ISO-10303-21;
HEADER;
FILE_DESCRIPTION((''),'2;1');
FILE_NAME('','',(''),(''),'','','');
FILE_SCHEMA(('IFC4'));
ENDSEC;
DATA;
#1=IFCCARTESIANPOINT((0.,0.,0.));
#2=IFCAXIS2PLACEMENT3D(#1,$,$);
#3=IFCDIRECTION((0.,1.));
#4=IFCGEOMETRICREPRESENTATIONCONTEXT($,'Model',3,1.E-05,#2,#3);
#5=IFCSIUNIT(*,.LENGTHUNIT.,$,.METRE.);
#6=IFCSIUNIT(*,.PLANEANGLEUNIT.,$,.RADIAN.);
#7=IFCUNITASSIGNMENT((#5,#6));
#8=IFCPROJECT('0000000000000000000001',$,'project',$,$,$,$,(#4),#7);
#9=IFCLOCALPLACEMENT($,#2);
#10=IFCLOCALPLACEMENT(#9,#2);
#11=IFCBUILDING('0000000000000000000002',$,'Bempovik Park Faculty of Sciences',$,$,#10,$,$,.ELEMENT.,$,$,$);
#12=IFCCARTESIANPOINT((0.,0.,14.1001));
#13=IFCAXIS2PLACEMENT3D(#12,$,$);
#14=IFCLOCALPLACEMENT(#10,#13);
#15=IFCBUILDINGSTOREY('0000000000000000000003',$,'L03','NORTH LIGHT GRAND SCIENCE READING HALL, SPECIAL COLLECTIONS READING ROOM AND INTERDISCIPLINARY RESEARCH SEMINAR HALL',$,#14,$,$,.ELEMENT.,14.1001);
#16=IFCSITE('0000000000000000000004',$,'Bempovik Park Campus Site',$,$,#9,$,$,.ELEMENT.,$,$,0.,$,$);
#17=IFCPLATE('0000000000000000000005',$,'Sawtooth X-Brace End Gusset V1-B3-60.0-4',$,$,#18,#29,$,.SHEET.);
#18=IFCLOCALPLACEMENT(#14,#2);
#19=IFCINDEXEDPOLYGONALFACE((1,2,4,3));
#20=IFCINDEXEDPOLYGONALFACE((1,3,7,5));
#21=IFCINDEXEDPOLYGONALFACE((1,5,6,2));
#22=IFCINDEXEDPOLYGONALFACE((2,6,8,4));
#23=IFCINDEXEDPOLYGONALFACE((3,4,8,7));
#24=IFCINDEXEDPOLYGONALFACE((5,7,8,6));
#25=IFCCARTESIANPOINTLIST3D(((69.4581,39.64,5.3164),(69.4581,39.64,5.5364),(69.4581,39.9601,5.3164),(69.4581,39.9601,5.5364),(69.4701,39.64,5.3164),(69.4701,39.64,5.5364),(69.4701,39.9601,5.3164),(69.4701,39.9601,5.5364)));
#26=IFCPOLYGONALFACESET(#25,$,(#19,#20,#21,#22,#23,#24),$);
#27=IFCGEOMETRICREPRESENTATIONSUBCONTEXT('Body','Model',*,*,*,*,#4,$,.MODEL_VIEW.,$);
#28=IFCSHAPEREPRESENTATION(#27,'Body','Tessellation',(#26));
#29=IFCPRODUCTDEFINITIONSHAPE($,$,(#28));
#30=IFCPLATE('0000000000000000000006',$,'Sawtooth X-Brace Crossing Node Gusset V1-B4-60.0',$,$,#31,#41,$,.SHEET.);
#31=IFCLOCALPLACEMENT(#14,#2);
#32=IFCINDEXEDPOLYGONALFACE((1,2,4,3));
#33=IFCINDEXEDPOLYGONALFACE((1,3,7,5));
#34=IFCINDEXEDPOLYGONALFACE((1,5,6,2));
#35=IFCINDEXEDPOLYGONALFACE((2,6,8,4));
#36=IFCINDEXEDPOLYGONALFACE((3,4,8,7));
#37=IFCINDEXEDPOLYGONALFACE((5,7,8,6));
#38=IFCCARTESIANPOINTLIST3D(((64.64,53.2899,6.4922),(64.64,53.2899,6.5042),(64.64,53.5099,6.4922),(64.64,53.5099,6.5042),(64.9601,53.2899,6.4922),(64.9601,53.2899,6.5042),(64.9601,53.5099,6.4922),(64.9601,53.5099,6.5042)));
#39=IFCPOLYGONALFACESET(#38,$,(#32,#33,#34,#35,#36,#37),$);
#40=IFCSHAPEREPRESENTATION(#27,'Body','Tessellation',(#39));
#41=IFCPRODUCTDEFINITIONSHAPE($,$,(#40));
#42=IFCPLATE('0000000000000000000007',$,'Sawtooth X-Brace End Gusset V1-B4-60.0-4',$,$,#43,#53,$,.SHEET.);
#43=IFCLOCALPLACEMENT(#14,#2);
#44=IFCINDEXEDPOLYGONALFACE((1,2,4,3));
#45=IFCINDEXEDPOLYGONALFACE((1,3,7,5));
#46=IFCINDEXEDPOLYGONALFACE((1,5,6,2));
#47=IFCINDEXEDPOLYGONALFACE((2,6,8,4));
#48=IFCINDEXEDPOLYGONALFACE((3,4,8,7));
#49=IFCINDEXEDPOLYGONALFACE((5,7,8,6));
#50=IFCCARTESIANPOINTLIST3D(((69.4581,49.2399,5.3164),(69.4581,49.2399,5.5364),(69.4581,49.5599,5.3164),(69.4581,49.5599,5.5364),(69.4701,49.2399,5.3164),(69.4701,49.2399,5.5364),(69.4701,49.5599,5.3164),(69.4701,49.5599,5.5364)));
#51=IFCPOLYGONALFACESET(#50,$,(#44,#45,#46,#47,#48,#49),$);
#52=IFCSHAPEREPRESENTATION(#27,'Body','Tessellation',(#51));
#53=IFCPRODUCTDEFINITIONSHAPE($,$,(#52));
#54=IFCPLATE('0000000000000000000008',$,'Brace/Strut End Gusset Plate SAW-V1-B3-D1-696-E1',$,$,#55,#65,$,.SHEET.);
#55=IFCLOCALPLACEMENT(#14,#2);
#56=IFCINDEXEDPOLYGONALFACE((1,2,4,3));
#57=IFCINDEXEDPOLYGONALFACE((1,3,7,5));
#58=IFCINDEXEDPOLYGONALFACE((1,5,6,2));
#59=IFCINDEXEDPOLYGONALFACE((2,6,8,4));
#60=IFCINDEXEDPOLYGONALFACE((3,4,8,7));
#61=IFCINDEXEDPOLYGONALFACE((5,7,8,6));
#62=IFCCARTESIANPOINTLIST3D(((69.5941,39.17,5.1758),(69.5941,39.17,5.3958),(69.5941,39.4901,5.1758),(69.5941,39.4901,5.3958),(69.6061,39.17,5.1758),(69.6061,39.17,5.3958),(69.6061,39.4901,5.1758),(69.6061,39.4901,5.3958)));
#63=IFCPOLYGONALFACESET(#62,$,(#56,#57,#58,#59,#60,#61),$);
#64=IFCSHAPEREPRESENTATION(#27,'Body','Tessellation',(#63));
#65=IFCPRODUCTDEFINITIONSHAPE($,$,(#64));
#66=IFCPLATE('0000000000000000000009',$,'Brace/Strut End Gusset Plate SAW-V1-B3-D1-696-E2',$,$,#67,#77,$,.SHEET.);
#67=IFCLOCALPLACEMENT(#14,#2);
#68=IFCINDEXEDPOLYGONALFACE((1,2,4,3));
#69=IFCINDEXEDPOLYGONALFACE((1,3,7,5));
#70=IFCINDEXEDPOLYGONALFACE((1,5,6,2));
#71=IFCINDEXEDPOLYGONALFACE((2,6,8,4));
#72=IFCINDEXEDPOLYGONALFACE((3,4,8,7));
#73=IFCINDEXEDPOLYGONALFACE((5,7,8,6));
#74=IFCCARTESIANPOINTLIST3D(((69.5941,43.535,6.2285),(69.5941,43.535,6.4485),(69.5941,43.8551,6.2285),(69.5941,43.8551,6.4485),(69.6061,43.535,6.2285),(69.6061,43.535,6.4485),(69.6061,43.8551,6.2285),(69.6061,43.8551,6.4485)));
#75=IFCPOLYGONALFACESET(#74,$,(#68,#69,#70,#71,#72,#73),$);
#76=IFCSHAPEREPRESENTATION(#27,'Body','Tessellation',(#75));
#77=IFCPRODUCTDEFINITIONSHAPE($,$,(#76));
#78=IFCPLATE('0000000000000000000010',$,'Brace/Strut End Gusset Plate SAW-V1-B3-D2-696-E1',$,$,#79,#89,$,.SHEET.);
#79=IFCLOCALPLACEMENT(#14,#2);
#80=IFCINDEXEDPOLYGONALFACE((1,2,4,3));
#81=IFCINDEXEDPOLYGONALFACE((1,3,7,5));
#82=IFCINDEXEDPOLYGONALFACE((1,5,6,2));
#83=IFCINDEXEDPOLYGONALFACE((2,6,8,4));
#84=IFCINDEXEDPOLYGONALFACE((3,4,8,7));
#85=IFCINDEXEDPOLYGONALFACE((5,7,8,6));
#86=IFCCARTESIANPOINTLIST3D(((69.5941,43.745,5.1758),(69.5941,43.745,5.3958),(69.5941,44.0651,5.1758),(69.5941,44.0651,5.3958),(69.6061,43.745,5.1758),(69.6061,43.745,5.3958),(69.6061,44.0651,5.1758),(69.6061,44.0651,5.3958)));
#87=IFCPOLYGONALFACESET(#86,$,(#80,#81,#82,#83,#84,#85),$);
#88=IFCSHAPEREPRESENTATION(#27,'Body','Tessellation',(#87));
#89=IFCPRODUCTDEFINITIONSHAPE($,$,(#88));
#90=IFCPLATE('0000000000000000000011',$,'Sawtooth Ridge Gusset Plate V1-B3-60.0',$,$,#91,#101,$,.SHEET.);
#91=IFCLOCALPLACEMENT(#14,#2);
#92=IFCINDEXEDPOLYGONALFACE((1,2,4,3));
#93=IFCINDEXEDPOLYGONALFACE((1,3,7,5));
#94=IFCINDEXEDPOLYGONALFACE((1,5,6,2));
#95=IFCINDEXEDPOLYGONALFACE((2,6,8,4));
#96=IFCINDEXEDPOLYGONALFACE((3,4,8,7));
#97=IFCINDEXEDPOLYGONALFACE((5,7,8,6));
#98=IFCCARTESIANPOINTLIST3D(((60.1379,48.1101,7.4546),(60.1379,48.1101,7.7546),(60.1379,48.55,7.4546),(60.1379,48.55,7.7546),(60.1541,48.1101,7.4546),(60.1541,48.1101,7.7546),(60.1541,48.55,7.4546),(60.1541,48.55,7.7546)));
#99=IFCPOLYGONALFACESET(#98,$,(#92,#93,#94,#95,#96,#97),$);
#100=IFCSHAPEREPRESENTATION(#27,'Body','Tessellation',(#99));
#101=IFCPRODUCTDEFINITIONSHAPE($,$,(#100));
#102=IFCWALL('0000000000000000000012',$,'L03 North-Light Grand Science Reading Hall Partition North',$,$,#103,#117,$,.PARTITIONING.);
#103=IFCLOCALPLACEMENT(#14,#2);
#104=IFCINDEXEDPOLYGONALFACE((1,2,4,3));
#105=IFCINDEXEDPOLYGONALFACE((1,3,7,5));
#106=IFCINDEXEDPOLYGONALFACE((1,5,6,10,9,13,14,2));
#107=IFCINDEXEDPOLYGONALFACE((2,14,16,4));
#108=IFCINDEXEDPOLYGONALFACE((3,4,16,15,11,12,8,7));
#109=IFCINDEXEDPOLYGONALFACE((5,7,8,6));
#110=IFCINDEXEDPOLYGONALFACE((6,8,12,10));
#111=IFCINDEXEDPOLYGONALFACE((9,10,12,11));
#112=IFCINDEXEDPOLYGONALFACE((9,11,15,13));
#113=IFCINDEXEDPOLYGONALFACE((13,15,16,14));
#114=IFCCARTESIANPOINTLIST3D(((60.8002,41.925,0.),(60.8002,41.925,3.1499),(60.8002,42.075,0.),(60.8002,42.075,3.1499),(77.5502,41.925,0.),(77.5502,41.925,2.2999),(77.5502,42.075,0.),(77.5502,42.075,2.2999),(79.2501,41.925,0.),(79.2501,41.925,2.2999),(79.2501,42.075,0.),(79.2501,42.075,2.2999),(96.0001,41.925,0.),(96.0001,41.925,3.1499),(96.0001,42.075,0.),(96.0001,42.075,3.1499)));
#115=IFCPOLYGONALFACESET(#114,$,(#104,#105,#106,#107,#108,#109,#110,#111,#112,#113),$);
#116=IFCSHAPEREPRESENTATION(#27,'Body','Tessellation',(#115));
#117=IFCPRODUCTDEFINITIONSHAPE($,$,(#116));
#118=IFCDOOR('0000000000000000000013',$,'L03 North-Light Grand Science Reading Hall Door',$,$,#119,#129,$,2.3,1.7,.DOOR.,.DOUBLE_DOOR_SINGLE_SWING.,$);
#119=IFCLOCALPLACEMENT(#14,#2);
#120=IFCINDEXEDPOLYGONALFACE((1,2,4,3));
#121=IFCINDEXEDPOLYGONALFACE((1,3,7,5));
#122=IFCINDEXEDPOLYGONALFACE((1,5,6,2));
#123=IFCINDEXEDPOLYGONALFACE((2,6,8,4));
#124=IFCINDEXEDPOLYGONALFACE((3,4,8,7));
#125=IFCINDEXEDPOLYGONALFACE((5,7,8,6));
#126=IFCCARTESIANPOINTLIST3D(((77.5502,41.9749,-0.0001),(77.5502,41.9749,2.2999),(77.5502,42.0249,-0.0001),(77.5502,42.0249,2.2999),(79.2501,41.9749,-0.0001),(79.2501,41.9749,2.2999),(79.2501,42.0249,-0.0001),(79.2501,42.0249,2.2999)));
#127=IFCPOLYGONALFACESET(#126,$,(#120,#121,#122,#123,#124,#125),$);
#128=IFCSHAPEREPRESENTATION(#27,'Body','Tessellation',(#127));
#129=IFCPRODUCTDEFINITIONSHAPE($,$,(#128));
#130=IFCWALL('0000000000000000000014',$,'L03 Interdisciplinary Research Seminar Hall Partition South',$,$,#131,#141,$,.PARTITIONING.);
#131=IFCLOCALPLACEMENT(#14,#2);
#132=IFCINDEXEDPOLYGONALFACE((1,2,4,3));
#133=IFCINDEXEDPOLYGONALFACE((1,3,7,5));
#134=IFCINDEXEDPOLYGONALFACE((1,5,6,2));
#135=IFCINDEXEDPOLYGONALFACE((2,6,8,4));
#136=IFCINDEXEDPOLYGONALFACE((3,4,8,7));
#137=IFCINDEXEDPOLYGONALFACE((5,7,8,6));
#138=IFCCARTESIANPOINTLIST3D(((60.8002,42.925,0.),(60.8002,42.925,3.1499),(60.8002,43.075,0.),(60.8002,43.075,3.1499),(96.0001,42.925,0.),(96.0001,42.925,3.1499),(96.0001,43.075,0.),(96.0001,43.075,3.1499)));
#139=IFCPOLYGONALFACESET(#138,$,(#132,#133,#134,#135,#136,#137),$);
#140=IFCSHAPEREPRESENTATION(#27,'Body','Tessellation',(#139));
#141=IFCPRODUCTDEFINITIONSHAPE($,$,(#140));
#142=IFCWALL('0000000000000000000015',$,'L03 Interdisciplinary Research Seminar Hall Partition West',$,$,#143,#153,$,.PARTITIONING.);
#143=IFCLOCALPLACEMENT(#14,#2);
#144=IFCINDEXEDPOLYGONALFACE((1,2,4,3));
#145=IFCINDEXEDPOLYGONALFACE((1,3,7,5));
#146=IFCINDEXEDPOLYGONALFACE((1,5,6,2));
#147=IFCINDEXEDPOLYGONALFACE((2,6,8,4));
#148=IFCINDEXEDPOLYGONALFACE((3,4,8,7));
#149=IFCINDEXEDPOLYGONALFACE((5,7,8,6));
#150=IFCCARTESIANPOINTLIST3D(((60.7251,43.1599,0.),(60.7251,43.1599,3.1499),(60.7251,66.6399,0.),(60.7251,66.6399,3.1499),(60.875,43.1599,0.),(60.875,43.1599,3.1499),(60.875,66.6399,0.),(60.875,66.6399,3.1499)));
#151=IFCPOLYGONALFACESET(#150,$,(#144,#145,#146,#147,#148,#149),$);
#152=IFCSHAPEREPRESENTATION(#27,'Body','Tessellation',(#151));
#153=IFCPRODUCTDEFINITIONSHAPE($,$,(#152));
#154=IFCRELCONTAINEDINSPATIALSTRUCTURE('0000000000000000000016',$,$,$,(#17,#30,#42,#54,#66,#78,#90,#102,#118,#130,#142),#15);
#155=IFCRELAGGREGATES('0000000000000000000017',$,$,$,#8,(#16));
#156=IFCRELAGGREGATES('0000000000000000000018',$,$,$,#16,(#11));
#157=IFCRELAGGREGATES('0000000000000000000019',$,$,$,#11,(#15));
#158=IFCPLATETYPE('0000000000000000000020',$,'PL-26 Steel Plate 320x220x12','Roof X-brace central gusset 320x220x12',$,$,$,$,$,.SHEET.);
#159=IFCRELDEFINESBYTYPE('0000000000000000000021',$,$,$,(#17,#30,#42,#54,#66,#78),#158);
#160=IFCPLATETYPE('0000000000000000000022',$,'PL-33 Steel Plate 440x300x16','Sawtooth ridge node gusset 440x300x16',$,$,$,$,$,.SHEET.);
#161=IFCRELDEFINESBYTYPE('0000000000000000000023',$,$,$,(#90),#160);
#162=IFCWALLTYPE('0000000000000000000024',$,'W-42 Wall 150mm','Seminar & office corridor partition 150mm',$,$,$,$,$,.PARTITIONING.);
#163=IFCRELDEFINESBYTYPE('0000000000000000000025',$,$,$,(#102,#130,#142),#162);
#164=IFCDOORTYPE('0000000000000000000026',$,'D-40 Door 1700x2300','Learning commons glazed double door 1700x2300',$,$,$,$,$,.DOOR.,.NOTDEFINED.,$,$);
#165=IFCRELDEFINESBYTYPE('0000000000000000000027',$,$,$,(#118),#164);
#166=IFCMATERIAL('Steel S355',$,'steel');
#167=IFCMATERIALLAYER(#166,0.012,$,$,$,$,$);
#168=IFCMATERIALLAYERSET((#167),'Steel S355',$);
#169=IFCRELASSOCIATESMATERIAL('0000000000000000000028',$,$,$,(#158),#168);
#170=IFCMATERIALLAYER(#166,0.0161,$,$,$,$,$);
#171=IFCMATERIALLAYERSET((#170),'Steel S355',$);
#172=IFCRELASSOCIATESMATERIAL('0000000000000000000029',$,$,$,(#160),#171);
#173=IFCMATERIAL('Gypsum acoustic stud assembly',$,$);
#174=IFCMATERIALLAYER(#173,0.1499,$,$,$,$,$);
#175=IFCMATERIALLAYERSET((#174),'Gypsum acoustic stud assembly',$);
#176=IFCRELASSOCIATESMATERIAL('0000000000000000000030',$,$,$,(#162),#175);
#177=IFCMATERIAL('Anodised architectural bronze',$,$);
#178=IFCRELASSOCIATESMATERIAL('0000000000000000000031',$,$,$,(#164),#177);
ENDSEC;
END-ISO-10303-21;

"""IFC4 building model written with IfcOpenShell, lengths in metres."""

from ifc_helpers import new_model, si_unit, direction, frame, frame_2d, origin, origin_2d, place, context, subcontext, project, spatial, rectangle, extrude, material, layer, layer_set, type_object, element, fill, save


model = new_model("IFC4")

# Units and contexts
model_context = context("Model", 3, precision=1e-05, world=origin(), true_north=direction((0.0, 1.0)))
body_context = subcontext(model_context, "Body", "Model", "MODEL_VIEW")
ifc_project = project(units=[si_unit("LENGTHUNIT", "METRE"), si_unit("PLANEANGLEUNIT", "RADIAN")], contexts=[model_context])

# Site, building, storey
site_placement = place(None, origin())
site = spatial("IfcSite", under=ifc_project, at=site_placement, Name="Bempovik Park Campus Site", CompositionType="ELEMENT", RefElevation=0.0)
building_placement = place(site_placement, origin())
building = spatial("IfcBuilding", under=site, at=building_placement, Name="Bempovik Park Faculty of Sciences", CompositionType="ELEMENT")
storey_placement = place(building_placement, frame((0.0, 0.0, 14.1001)))
storey = spatial("IfcBuildingStorey", under=building, at=storey_placement, Name="L03", Description="NORTH LIGHT GRAND SCIENCE READING HALL, SPECIAL COLLECTIONS READING ROOM AND INTERDISCIPLINARY RESEARCH SEMINAR HALL", CompositionType="ELEMENT", Elevation=14.1001)

# Shared definitions
ifc_material_1 = material(Name="Steel S355", Category="steel")

# Plates
ifc_layer_1 = layer(ifc_material_1, 0.012)
ifc_layer_set_1 = layer_set([ifc_layer_1], Name="Steel S355")
plate_type_1 = type_object("IfcPlateType", Name="PL-26 Steel Plate 320x220x12", Description="Roof X-brace central gusset 320x220x12", PredefinedType="SHEET", material=ifc_layer_set_1)
for number, where, z_axis, x_axis, name in (
    (1, (69.4641, 39.8, 5.3164), (0.0, 0.0, 1.0), (1.0, 0.0, 0.0), "Sawtooth X-Brace End Gusset V1-B3-60.0-4"),
):
    element("IfcPlate", number, at=place(storey_placement, frame(where, z_axis=z_axis, x_axis=x_axis)), inside=storey, type_object=plate_type_1, Name=name, PredefinedType="SHEET", context=body_context, shape_type="SweptSolid", body=[
        extrude(rectangle(XDim=0.012, YDim=0.3201, at=origin_2d()), origin(), (0.0, 0.0, 1.0), 0.22),
    ])
plate_1_placement = place(storey_placement, frame((64.8, 53.3999, 6.4922), z_axis=(0.0, 0.0, 1.0), x_axis=(1.0, 0.0, 0.0)))
element("IfcPlate", 2, at=plate_1_placement, inside=storey, type_object=plate_type_1, Name="Sawtooth X-Brace Crossing Node Gusset V1-B4-60.0", PredefinedType="SHEET", context=body_context, shape_type="SweptSolid", body=[
    extrude(rectangle(XDim=0.3201, YDim=0.22, at=origin_2d()), origin(), (0.0, 0.0, 1.0), 0.012),
])
for number, where, z_axis, x_axis, name in (
    (3, (69.4641, 49.3999, 5.3164), (0.0, 0.0, 1.0), (1.0, 0.0, 0.0), "Sawtooth X-Brace End Gusset V1-B4-60.0-4"),
    (4, (69.6001, 39.3301, 5.1758), (0.0, 0.0, 1.0), (1.0, 0.0, 0.0), "Brace/Strut End Gusset Plate SAW-V1-B3-D1-696-E1"),
    (5, (69.6001, 43.6951, 6.2285), (0.0, 0.0, 1.0), (1.0, 0.0, 0.0), "Brace/Strut End Gusset Plate SAW-V1-B3-D1-696-E2"),
    (6, (69.6001, 43.905, 5.1758), (0.0, 0.0, 1.0), (1.0, 0.0, 0.0), "Brace/Strut End Gusset Plate SAW-V1-B3-D2-696-E1"),
):
    element("IfcPlate", number, at=place(storey_placement, frame(where, z_axis=z_axis, x_axis=x_axis)), inside=storey, type_object=plate_type_1, Name=name, PredefinedType="SHEET", context=body_context, shape_type="SweptSolid", body=[
        extrude(rectangle(XDim=0.012, YDim=0.3201, at=origin_2d()), origin(), (0.0, 0.0, 1.0), 0.22),
    ])
ifc_layer_2 = layer(ifc_material_1, 0.0161)
ifc_layer_set_2 = layer_set([ifc_layer_2], Name="Steel S355")
plate_type_2 = type_object("IfcPlateType", Name="PL-33 Steel Plate 440x300x16", Description="Sawtooth ridge node gusset 440x300x16", PredefinedType="SHEET", material=ifc_layer_set_2)
plate_2_placement = place(storey_placement, frame((60.146, 48.3301, 7.4546), z_axis=(0.0, 0.0, 1.0), x_axis=(1.0, 0.0, 0.0)))
element("IfcPlate", 7, at=plate_2_placement, inside=storey, type_object=plate_type_2, Name="Sawtooth Ridge Gusset Plate V1-B3-60.0", PredefinedType="SHEET", context=body_context, shape_type="SweptSolid", body=[
    extrude(rectangle(XDim=0.0161, YDim=0.4399, at=origin_2d()), origin(), (0.0, 0.0, 1.0), 0.3),
])

# Wall, opening, door
ifc_material_2 = material(Name="Gypsum acoustic stud assembly")
ifc_layer_3 = layer(ifc_material_2, 0.1499)
ifc_layer_set_3 = layer_set([ifc_layer_3], Name="Gypsum acoustic stud assembly")
wall_type = type_object("IfcWallType", Name="W-42 Wall 150mm", Description="Seminar & office corridor partition 150mm", PredefinedType="PARTITIONING", material=ifc_layer_set_3)
wall_1_placement = place(storey_placement, frame((60.8, 42.0, 0.0), z_axis=(0.0, 0.0, 1.0), x_axis=(1.0, 0.0, 0.0)))
wall_1 = element("IfcWall", 8, at=wall_1_placement, inside=storey, type_object=wall_type, Name="L03 North-Light Grand Science Reading Hall Partition North", PredefinedType="PARTITIONING", context=body_context, shape_type="SweptSolid", body=[
    extrude(rectangle(XDim=35.2, YDim=0.1499, at=frame_2d((17.6001, 0.0))), origin(), (0.0, 0.0, 1.0), 3.1499),
])
opening_placement = place(wall_1_placement, frame((16.75, 0.0, 0.0)))
opening = element("IfcOpeningElement", 9, at=opening_placement, cuts=wall_1, PredefinedType="OPENING", context=body_context, shape_type="SweptSolid", body=[
    extrude(rectangle(XDim=1.7, YDim=2.3, at=frame_2d((0.8501, 1.1499))), frame((0.0, 0.085, 0.0), z_axis=(0.0, -1.0, 0.0), x_axis=(1.0, 0.0, 0.0)), (0.0, 0.0, 1.0), 0.1699),
])
ifc_material_3 = material(Name="Anodised architectural bronze")
door_type = type_object("IfcDoorType", Name="D-40 Door 1700x2300", Description="Learning commons glazed double door 1700x2300", OperationType="NOTDEFINED", PredefinedType="DOOR", material=ifc_material_3)
door_placement = place(opening_placement, origin())
door = element("IfcDoor", 10, at=door_placement, inside=storey, type_object=door_type, Name="L03 North-Light Grand Science Reading Hall Door", OperationType="DOUBLE_DOOR_SINGLE_SWING", OverallHeight=2.3, OverallWidth=1.7, PredefinedType="DOOR", context=body_context, shape_type="SweptSolid", body=[
    extrude(rectangle(XDim=1.7, YDim=2.3, at=frame_2d((0.8501, 1.1499))), frame((0.0, 0.0249, 0.0), z_axis=(0.0, -1.0, 0.0), x_axis=(1.0, 0.0, 0.0)), (0.0, 0.0, 1.0), 0.05),
])
fill(opening, door)

# Walls
wall_2_placement = place(storey_placement, frame((60.8, 43.0, 0.0), z_axis=(0.0, 0.0, 1.0), x_axis=(1.0, 0.0, 0.0)))
element("IfcWall", 11, at=wall_2_placement, inside=storey, type_object=wall_type, Name="L03 Interdisciplinary Research Seminar Hall Partition South", PredefinedType="PARTITIONING", context=body_context, shape_type="SweptSolid", body=[
    extrude(rectangle(XDim=35.2, YDim=0.1499, at=frame_2d((17.6001, 0.0))), origin(), (0.0, 0.0, 1.0), 3.1499),
])
wall_3_placement = place(storey_placement, frame((60.8, 43.1599, 0.0), z_axis=(0.0, 0.0, 1.0), x_axis=(0.0, 1.0, 0.0)))
element("IfcWall", 12, at=wall_3_placement, inside=storey, type_object=wall_type, Name="L03 Interdisciplinary Research Seminar Hall Partition West", PredefinedType="PARTITIONING", context=body_context, shape_type="SweptSolid", body=[
    extrude(rectangle(XDim=23.48, YDim=0.1499, at=frame_2d((11.74, 0.0))), origin(), (0.0, 0.0, 1.0), 3.1499),
])

save(model, "model.ifc")
